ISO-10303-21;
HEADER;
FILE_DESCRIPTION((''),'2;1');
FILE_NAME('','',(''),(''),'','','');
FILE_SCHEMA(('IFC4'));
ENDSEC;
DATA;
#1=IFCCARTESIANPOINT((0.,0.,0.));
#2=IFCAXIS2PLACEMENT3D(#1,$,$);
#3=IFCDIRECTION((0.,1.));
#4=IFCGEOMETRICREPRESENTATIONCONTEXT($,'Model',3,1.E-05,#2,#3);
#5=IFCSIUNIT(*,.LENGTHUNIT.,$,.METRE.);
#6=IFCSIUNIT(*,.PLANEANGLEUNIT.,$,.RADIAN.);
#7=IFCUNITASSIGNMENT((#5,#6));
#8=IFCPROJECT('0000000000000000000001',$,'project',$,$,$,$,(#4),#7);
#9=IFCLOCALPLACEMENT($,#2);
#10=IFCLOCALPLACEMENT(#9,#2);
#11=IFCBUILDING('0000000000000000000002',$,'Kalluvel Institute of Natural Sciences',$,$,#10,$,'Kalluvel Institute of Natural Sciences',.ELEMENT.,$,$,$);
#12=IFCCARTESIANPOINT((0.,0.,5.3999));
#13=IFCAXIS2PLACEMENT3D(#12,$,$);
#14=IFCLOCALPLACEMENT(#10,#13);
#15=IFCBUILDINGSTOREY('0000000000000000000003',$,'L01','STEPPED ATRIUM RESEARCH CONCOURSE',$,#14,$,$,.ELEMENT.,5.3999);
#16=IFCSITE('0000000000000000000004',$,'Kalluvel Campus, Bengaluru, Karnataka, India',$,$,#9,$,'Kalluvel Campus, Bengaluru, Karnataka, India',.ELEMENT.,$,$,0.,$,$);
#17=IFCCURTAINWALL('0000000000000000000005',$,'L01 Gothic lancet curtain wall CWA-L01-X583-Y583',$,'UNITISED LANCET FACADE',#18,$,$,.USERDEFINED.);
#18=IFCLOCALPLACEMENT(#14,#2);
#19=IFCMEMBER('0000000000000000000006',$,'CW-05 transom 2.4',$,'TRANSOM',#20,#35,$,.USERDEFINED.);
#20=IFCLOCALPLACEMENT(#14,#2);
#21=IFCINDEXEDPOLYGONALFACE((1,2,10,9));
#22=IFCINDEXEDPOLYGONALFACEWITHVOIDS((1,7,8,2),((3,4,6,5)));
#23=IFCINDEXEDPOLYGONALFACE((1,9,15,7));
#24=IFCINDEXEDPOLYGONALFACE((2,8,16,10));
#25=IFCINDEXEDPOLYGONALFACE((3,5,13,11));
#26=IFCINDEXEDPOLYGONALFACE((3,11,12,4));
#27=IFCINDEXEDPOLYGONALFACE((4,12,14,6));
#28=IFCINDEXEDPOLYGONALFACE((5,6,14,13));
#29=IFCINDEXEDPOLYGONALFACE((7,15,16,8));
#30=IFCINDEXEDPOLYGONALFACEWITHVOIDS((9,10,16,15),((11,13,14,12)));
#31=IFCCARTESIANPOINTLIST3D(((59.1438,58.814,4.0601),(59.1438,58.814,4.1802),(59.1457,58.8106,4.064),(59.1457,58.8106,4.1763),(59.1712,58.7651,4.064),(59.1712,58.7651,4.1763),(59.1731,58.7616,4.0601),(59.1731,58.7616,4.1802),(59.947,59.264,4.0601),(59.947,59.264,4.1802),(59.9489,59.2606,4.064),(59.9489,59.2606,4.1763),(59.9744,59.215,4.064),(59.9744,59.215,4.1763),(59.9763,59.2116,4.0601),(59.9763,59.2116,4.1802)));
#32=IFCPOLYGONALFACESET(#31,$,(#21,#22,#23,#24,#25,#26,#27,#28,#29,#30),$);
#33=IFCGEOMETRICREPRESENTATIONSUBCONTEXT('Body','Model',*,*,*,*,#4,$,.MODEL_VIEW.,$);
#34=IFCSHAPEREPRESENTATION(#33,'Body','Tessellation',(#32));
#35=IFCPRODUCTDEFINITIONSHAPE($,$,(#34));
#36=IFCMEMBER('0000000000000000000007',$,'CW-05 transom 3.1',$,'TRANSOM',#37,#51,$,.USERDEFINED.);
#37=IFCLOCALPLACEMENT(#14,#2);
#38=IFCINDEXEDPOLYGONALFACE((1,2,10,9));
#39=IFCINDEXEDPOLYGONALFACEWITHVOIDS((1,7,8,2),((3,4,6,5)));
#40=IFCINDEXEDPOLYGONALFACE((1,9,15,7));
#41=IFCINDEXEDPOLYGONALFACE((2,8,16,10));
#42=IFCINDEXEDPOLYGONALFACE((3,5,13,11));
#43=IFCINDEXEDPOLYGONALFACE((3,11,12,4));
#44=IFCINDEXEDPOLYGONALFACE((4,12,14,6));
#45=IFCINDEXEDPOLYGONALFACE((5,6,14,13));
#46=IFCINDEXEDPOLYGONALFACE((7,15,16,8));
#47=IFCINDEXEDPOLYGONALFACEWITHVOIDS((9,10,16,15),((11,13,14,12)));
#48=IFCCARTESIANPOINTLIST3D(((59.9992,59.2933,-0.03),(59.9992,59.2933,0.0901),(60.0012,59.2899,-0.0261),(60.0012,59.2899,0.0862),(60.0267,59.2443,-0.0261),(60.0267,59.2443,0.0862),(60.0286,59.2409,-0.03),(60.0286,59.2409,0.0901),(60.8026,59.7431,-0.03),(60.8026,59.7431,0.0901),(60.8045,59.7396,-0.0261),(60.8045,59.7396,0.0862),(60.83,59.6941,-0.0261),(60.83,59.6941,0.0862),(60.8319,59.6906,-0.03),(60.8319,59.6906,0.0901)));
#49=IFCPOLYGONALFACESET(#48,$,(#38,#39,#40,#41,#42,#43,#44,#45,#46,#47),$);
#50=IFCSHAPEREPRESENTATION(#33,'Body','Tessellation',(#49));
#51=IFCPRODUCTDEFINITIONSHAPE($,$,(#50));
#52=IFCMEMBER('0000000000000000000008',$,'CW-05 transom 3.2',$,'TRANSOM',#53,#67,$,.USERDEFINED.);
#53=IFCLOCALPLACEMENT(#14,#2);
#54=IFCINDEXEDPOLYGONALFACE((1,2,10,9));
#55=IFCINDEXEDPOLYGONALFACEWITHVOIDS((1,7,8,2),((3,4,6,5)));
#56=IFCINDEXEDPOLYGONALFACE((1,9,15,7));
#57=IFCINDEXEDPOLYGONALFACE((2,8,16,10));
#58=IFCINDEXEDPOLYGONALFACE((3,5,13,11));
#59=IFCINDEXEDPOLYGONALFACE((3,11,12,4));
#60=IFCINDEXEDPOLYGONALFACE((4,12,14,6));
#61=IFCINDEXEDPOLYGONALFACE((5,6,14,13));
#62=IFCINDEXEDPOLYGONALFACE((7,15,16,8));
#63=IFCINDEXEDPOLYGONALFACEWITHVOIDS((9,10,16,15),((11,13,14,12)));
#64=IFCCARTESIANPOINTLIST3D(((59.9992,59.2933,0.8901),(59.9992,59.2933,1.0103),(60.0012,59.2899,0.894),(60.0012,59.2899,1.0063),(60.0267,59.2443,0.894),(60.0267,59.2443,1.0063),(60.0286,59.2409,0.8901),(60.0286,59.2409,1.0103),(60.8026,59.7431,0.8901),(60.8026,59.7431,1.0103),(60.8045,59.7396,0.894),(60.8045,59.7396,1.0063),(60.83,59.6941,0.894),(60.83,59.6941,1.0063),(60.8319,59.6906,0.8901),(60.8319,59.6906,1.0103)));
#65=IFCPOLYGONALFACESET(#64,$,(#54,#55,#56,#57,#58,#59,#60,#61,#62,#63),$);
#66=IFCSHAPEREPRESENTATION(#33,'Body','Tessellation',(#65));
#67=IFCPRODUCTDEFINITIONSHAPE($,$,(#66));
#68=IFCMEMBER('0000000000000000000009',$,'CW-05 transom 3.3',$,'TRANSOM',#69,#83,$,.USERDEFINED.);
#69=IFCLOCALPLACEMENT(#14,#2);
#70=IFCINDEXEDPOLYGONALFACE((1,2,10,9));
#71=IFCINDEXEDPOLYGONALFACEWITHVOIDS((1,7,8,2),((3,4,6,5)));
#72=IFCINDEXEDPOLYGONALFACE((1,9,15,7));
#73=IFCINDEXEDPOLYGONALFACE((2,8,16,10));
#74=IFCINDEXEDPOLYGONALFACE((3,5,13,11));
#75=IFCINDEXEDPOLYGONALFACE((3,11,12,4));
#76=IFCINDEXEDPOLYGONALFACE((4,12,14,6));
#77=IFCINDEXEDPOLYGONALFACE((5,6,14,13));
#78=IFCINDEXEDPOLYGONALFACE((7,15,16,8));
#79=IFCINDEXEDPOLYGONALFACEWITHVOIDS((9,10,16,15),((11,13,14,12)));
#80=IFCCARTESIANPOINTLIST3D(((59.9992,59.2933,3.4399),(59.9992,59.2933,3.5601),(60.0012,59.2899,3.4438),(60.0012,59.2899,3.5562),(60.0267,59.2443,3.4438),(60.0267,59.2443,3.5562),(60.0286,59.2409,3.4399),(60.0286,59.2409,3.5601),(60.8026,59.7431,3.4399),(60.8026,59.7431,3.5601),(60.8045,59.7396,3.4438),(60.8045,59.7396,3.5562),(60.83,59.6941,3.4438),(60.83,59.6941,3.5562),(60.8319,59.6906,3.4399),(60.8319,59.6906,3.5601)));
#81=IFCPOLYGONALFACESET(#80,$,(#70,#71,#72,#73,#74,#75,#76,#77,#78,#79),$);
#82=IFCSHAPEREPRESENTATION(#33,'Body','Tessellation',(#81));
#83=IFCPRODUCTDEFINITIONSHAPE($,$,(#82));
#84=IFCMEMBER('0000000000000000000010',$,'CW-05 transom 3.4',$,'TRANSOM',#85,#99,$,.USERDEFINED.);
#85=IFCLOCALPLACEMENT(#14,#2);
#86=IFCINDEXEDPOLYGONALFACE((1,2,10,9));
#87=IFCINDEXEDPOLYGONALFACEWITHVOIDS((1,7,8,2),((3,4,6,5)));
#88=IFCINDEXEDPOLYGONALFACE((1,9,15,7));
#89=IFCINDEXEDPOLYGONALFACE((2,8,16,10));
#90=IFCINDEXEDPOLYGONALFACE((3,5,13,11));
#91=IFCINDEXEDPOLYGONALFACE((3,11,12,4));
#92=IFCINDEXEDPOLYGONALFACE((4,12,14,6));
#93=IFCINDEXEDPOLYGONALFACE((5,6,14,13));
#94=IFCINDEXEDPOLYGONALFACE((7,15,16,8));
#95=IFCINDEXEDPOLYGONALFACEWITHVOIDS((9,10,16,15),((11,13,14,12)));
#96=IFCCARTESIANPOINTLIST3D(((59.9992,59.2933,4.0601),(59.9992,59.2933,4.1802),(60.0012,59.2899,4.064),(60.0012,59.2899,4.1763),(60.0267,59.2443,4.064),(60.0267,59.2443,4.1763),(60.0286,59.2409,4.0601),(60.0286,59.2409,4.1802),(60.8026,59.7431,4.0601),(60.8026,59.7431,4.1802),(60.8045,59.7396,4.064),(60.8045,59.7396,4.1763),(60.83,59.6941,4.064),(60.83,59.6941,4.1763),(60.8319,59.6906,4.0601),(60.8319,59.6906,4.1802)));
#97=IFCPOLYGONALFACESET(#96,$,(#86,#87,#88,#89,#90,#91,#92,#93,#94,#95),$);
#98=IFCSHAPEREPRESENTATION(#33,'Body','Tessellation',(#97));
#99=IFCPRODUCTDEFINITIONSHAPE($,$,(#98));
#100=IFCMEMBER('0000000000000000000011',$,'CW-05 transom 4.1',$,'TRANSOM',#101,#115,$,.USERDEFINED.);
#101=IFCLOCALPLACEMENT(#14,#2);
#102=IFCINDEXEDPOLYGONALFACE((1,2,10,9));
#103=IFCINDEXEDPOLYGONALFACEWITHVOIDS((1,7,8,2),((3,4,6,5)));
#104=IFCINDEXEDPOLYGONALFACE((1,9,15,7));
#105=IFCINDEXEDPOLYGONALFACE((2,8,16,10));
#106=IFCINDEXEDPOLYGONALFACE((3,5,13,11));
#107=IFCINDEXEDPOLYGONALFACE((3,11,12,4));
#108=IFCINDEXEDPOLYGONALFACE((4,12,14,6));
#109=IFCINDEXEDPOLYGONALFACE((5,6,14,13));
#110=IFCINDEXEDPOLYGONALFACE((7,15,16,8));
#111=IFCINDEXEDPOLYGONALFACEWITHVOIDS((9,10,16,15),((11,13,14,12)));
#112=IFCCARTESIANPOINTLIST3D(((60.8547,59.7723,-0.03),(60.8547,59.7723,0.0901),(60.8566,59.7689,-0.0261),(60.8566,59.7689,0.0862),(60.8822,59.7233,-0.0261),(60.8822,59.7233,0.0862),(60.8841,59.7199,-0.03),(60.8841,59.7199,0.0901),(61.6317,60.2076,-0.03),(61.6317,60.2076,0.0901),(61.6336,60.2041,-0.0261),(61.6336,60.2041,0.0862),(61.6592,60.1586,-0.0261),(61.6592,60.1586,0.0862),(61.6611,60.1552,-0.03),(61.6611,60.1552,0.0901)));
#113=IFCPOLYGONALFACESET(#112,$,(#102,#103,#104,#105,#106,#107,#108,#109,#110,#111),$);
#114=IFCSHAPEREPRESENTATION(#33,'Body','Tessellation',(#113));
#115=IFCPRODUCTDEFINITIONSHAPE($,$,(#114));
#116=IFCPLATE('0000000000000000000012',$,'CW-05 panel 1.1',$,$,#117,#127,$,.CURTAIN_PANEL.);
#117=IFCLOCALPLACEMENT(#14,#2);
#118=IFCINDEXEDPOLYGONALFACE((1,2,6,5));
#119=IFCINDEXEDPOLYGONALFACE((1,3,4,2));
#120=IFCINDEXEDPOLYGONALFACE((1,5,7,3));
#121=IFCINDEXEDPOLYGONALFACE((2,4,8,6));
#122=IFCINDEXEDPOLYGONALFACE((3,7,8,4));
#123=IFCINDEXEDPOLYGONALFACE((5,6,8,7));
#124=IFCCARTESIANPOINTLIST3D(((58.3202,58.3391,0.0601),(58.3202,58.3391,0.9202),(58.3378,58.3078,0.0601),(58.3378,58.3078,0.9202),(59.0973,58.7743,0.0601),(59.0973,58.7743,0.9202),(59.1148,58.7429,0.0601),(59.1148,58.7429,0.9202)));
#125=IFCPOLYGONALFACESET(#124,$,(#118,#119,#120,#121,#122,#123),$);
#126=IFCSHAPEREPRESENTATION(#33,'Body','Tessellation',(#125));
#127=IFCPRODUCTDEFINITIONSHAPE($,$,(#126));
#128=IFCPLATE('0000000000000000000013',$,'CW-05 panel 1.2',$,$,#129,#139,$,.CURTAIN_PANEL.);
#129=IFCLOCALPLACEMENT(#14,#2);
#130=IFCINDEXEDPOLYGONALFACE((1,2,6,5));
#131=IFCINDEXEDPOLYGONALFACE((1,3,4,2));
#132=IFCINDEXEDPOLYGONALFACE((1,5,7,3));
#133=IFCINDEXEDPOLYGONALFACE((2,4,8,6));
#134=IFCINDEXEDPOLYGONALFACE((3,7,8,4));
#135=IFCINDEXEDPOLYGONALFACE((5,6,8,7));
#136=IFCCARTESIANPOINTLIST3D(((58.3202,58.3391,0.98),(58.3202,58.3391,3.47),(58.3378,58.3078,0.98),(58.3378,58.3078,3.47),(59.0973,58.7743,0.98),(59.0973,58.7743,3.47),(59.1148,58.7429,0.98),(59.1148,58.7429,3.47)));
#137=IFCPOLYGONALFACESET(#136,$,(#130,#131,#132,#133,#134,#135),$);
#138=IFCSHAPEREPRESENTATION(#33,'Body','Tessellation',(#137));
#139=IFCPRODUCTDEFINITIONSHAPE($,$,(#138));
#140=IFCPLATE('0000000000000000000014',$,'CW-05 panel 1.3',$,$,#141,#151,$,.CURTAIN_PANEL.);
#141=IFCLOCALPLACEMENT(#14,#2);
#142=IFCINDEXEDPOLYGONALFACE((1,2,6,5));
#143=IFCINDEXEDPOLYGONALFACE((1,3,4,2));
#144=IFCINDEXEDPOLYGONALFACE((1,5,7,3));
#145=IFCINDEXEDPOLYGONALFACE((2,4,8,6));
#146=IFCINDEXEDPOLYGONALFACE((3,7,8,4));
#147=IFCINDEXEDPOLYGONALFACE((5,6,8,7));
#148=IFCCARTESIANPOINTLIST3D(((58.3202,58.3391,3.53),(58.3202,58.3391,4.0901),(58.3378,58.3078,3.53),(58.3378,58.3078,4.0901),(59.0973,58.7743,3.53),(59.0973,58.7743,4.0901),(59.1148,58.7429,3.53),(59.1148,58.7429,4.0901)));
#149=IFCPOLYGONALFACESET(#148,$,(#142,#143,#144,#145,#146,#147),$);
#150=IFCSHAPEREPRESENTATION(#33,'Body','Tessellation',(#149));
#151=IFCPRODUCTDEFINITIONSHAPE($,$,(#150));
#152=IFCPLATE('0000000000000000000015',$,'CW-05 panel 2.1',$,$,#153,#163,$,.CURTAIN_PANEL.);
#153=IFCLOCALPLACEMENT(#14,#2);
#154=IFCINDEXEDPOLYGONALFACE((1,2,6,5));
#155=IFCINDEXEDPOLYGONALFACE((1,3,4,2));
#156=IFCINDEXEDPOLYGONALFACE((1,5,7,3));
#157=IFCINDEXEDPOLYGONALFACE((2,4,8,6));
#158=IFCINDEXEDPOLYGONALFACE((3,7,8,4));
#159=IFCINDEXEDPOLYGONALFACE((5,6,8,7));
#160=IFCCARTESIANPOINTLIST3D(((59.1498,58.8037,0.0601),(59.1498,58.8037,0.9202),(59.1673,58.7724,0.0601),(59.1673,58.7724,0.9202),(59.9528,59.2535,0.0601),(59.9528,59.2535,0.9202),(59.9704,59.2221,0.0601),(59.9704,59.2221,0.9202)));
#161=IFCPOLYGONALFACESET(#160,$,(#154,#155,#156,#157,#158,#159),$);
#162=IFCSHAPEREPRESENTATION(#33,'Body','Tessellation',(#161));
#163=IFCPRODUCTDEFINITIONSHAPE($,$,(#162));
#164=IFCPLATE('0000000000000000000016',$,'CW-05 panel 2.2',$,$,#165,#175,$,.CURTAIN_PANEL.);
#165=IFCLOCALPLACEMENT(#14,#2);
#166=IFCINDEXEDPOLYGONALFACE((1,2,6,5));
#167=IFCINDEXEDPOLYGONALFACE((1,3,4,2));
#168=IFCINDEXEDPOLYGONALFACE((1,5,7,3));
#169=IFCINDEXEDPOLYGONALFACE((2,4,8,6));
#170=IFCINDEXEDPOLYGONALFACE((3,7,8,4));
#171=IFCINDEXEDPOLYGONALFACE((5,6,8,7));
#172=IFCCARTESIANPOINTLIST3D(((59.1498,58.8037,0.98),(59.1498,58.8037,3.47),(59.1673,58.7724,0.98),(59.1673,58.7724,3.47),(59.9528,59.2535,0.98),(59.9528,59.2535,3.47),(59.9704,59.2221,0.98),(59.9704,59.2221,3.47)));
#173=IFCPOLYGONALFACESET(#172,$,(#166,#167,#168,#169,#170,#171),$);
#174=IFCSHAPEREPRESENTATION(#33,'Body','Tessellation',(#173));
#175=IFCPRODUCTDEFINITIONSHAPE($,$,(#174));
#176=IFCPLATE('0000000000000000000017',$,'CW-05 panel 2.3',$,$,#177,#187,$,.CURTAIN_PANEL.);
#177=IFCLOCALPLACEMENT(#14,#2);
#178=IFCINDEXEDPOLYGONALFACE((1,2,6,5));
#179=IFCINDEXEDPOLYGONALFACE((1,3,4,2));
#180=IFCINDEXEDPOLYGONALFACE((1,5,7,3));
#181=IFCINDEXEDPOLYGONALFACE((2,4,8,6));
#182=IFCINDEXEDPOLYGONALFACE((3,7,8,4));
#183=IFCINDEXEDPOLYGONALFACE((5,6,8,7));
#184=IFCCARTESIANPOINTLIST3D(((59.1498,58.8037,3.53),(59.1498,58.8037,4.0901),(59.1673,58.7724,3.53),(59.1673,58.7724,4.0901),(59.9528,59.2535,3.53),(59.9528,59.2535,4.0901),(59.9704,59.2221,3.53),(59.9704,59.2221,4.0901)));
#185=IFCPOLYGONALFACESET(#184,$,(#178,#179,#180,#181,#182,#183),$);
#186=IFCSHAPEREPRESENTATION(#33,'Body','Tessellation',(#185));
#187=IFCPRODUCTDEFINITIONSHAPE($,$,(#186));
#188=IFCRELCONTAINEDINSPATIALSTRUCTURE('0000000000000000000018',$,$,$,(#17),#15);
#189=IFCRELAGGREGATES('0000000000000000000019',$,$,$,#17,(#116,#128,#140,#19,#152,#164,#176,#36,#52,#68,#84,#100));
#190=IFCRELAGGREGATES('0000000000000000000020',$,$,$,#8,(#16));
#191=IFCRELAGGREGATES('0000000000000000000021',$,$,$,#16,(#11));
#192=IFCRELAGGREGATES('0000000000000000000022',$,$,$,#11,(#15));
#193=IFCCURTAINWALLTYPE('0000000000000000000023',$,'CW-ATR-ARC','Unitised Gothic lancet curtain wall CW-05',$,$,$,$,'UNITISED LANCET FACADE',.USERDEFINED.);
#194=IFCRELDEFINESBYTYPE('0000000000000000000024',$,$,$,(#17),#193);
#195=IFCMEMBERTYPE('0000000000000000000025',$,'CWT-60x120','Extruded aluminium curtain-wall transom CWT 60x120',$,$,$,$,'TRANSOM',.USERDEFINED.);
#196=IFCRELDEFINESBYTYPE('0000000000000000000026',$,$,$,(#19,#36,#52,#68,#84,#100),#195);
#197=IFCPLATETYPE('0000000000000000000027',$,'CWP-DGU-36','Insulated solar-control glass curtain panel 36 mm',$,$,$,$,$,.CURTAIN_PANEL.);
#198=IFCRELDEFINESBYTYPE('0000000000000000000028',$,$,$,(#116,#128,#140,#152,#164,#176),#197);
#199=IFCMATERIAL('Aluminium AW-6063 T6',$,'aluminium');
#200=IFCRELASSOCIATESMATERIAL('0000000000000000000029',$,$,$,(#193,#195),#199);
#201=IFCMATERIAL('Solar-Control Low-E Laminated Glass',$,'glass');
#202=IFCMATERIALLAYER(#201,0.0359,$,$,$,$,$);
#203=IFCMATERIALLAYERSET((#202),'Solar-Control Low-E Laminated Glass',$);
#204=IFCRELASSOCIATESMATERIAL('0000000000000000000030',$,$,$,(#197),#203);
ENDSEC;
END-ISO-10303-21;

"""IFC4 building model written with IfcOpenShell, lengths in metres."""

from ifc_helpers import new_model, si_unit, direction, frame, origin, origin_2d, place, context, subcontext, project, spatial, rectangle, hollow_rectangle, extrude, material, layer, layer_set, material_profile, profile_set, type_object, element, aggregate, save


model = new_model("IFC4")

# Units and contexts
model_context = context("Model", 3, precision=1e-05, world=origin(), true_north=direction((0.0, 1.0)))
body_context = subcontext(model_context, "Body", "Model", "MODEL_VIEW")
ifc_project = project(units=[si_unit("LENGTHUNIT", "METRE"), si_unit("PLANEANGLEUNIT", "RADIAN")], contexts=[model_context])

# Site, building, storey
site_placement = place(None, origin())
site = spatial("IfcSite", under=ifc_project, at=site_placement, Name="Kalluvel Campus, Bengaluru, Karnataka, India", LongName="Kalluvel Campus, Bengaluru, Karnataka, India", CompositionType="ELEMENT", RefElevation=0.0)
building_placement = place(site_placement, origin())
building = spatial("IfcBuilding", under=site, at=building_placement, Name="Kalluvel Institute of Natural Sciences", LongName="Kalluvel Institute of Natural Sciences", CompositionType="ELEMENT")
storey_placement = place(building_placement, frame((0.0, 0.0, 5.3999)))
storey = spatial("IfcBuildingStorey", under=building, at=storey_placement, Name="L01", Description="STEPPED ATRIUM RESEARCH CONCOURSE", CompositionType="ELEMENT", Elevation=5.3999)

# Curtain wall, members, plates
ifc_material_1 = material(Name="Aluminium AW-6063 T6", Category="aluminium")
curtain_wall_type = type_object("IfcCurtainWallType", Name="CW-ATR-ARC", Description="Unitised Gothic lancet curtain wall CW-05", ElementType="UNITISED LANCET FACADE", PredefinedType="USERDEFINED", material=ifc_material_1)
curtain_wall_placement = place(storey_placement, origin())
curtain_wall = element("IfcCurtainWall", 1, at=curtain_wall_placement, inside=storey, type_object=curtain_wall_type, Name="L01 Gothic lancet curtain wall CWA-L01-X583-Y583", ObjectType="UNITISED LANCET FACADE", PredefinedType="USERDEFINED")
ifc_material_profile_1 = material_profile(ifc_material_1, hollow_rectangle(XDim=0.0601, YDim=0.1201, WallThickness=0.0039, at=origin_2d()), Name="CWT 60x120")
ifc_profile_set_1 = profile_set([ifc_material_profile_1], Name="Aluminium AW-6063 T6")
member_type_1 = type_object("IfcMemberType", Name="CWT-60x120", Description="Extruded aluminium curtain-wall transom CWT 60x120", ElementType="TRANSOM", PredefinedType="USERDEFINED", material=ifc_profile_set_1)
member_1_placement = place(storey_placement, frame((59.1584, 58.7878, 4.1201), z_axis=(0.872438, 0.488724, 0.0), x_axis=(-0.488724, 0.872438, 0.0)))
member_1 = element("IfcMember", 2, at=member_1_placement, type_object=member_type_1, Name="CW-05 transom 2.4", ObjectType="TRANSOM", PredefinedType="USERDEFINED", context=body_context, shape_type="SweptSolid", body=[
    extrude(hollow_rectangle(XDim=0.0601, YDim=0.1201, WallThickness=0.0039, at=origin_2d()), origin(), (0.0, 0.0, 1.0), 0.9207),
])
member_2_placement = place(storey_placement, frame((60.0139, 59.2671, 0.03), z_axis=(0.872551, 0.488523, 0.0), x_axis=(-0.488523, 0.872551, 0.0)))
member_2 = element("IfcMember", 3, at=member_2_placement, type_object=member_type_1, Name="CW-05 transom 3.1", ObjectType="TRANSOM", PredefinedType="USERDEFINED", context=body_context, shape_type="SweptSolid", body=[
    extrude(hollow_rectangle(XDim=0.0601, YDim=0.1201, WallThickness=0.0039, at=origin_2d()), origin(), (0.0, 0.0, 1.0), 0.9207),
])
member_3_placement = place(storey_placement, frame((60.0139, 59.2671, 0.9502), z_axis=(0.872551, 0.488523, 0.0), x_axis=(-0.488523, 0.872551, 0.0)))
member_3 = element("IfcMember", 4, at=member_3_placement, type_object=member_type_1, Name="CW-05 transom 3.2", ObjectType="TRANSOM", PredefinedType="USERDEFINED", context=body_context, shape_type="SweptSolid", body=[
    extrude(hollow_rectangle(XDim=0.0601, YDim=0.1201, WallThickness=0.0039, at=origin_2d()), origin(), (0.0, 0.0, 1.0), 0.9207),
])
member_4_placement = place(storey_placement, frame((60.0139, 59.2671, 3.5), z_axis=(0.872551, 0.488523, 0.0), x_axis=(-0.488523, 0.872551, 0.0)))
member_4 = element("IfcMember", 5, at=member_4_placement, type_object=member_type_1, Name="CW-05 transom 3.3", ObjectType="TRANSOM", PredefinedType="USERDEFINED", context=body_context, shape_type="SweptSolid", body=[
    extrude(hollow_rectangle(XDim=0.0601, YDim=0.1201, WallThickness=0.0039, at=origin_2d()), origin(), (0.0, 0.0, 1.0), 0.9207),
])
member_5_placement = place(storey_placement, frame((60.0139, 59.2671, 4.1201), z_axis=(0.872551, 0.488523, 0.0), x_axis=(-0.488523, 0.872551, 0.0)))
member_5 = element("IfcMember", 6, at=member_5_placement, type_object=member_type_1, Name="CW-05 transom 3.4", ObjectType="TRANSOM", PredefinedType="USERDEFINED", context=body_context, shape_type="SweptSolid", body=[
    extrude(hollow_rectangle(XDim=0.0601, YDim=0.1201, WallThickness=0.0039, at=origin_2d()), origin(), (0.0, 0.0, 1.0), 0.9207),
])
member_6_placement = place(storey_placement, frame((60.8694, 59.7461, 0.03), z_axis=(0.872445, 0.488712, 0.0), x_axis=(-0.488712, 0.872445, 0.0)))
member_6 = element("IfcMember", 7, at=member_6_placement, type_object=member_type_1, Name="CW-05 transom 4.1", ObjectType="TRANSOM", PredefinedType="USERDEFINED", context=body_context, shape_type="SweptSolid", body=[
    extrude(hollow_rectangle(XDim=0.0601, YDim=0.1201, WallThickness=0.0039, at=origin_2d()), origin(), (0.0, 0.0, 1.0), 0.8906),
])
ifc_material_2 = material(Name="Solar-Control Low-E Laminated Glass", Category="glass")
ifc_layer = layer(ifc_material_2, 0.0359)
ifc_layer_set = layer_set([ifc_layer], Name="Solar-Control Low-E Laminated Glass")
plate_type = type_object("IfcPlateType", Name="CWP-DGU-36", Description="Insulated solar-control glass curtain panel 36 mm", PredefinedType="CURTAIN_PANEL", material=ifc_layer_set)
plate_1_placement = place(storey_placement, frame((58.7175, 58.541, 0.0601), z_axis=(0.0, 0.0, 1.0), x_axis=(0.872497, 0.488619, 0.0)))
plate_1 = element("IfcPlate", 8, at=plate_1_placement, type_object=plate_type, Name="CW-05 panel 1.1", PredefinedType="CURTAIN_PANEL", context=body_context, shape_type="SweptSolid", body=[
    extrude(rectangle(XDim=0.8906, YDim=0.0359, at=origin_2d()), origin(), (0.0, 0.0, 1.0), 0.8601),
])
plate_2_placement = place(storey_placement, frame((58.7175, 58.541, 0.98), z_axis=(0.0, 0.0, 1.0), x_axis=(0.872497, 0.488619, 0.0)))
plate_2 = element("IfcPlate", 9, at=plate_2_placement, type_object=plate_type, Name="CW-05 panel 1.2", PredefinedType="CURTAIN_PANEL", context=body_context, shape_type="SweptSolid", body=[
    extrude(rectangle(XDim=0.8906, YDim=0.0359, at=origin_2d()), origin(), (0.0, 0.0, 1.0), 2.49),
])
plate_3_placement = place(storey_placement, frame((58.7175, 58.541, 3.53), z_axis=(0.0, 0.0, 1.0), x_axis=(0.872497, 0.488619, 0.0)))
plate_3 = element("IfcPlate", 10, at=plate_3_placement, type_object=plate_type, Name="CW-05 panel 1.3", PredefinedType="CURTAIN_PANEL", context=body_context, shape_type="SweptSolid", body=[
    extrude(rectangle(XDim=0.8906, YDim=0.0359, at=origin_2d()), origin(), (0.0, 0.0, 1.0), 0.5601),
])
plate_4_placement = place(storey_placement, frame((59.5601, 59.0129, 0.0601), z_axis=(0.0, 0.0, 1.0), x_axis=(0.872497, 0.488619, 0.0)))
plate_4 = element("IfcPlate", 11, at=plate_4_placement, type_object=plate_type, Name="CW-05 panel 2.1", PredefinedType="CURTAIN_PANEL", context=body_context, shape_type="SweptSolid", body=[
    extrude(rectangle(XDim=0.9204, YDim=0.0359, at=origin_2d()), origin(), (0.0, 0.0, 1.0), 0.8601),
])
plate_5_placement = place(storey_placement, frame((59.5601, 59.0129, 0.98), z_axis=(0.0, 0.0, 1.0), x_axis=(0.872497, 0.488619, 0.0)))
plate_5 = element("IfcPlate", 12, at=plate_5_placement, type_object=plate_type, Name="CW-05 panel 2.2", PredefinedType="CURTAIN_PANEL", context=body_context, shape_type="SweptSolid", body=[
    extrude(rectangle(XDim=0.9204, YDim=0.0359, at=origin_2d()), origin(), (0.0, 0.0, 1.0), 2.49),
])
plate_6_placement = place(storey_placement, frame((59.5601, 59.0129, 3.53), z_axis=(0.0, 0.0, 1.0), x_axis=(0.872497, 0.488619, 0.0)))
plate_6 = element("IfcPlate", 13, at=plate_6_placement, type_object=plate_type, Name="CW-05 panel 2.3", PredefinedType="CURTAIN_PANEL", context=body_context, shape_type="SweptSolid", body=[
    extrude(rectangle(XDim=0.9204, YDim=0.0359, at=origin_2d()), origin(), (0.0, 0.0, 1.0), 0.5601),
])
aggregate(curtain_wall, [plate_1, plate_2, plate_3, member_1, plate_4, plate_5, plate_6, member_2, member_3, member_4, member_5, member_6])

save(model, "model.ifc")
